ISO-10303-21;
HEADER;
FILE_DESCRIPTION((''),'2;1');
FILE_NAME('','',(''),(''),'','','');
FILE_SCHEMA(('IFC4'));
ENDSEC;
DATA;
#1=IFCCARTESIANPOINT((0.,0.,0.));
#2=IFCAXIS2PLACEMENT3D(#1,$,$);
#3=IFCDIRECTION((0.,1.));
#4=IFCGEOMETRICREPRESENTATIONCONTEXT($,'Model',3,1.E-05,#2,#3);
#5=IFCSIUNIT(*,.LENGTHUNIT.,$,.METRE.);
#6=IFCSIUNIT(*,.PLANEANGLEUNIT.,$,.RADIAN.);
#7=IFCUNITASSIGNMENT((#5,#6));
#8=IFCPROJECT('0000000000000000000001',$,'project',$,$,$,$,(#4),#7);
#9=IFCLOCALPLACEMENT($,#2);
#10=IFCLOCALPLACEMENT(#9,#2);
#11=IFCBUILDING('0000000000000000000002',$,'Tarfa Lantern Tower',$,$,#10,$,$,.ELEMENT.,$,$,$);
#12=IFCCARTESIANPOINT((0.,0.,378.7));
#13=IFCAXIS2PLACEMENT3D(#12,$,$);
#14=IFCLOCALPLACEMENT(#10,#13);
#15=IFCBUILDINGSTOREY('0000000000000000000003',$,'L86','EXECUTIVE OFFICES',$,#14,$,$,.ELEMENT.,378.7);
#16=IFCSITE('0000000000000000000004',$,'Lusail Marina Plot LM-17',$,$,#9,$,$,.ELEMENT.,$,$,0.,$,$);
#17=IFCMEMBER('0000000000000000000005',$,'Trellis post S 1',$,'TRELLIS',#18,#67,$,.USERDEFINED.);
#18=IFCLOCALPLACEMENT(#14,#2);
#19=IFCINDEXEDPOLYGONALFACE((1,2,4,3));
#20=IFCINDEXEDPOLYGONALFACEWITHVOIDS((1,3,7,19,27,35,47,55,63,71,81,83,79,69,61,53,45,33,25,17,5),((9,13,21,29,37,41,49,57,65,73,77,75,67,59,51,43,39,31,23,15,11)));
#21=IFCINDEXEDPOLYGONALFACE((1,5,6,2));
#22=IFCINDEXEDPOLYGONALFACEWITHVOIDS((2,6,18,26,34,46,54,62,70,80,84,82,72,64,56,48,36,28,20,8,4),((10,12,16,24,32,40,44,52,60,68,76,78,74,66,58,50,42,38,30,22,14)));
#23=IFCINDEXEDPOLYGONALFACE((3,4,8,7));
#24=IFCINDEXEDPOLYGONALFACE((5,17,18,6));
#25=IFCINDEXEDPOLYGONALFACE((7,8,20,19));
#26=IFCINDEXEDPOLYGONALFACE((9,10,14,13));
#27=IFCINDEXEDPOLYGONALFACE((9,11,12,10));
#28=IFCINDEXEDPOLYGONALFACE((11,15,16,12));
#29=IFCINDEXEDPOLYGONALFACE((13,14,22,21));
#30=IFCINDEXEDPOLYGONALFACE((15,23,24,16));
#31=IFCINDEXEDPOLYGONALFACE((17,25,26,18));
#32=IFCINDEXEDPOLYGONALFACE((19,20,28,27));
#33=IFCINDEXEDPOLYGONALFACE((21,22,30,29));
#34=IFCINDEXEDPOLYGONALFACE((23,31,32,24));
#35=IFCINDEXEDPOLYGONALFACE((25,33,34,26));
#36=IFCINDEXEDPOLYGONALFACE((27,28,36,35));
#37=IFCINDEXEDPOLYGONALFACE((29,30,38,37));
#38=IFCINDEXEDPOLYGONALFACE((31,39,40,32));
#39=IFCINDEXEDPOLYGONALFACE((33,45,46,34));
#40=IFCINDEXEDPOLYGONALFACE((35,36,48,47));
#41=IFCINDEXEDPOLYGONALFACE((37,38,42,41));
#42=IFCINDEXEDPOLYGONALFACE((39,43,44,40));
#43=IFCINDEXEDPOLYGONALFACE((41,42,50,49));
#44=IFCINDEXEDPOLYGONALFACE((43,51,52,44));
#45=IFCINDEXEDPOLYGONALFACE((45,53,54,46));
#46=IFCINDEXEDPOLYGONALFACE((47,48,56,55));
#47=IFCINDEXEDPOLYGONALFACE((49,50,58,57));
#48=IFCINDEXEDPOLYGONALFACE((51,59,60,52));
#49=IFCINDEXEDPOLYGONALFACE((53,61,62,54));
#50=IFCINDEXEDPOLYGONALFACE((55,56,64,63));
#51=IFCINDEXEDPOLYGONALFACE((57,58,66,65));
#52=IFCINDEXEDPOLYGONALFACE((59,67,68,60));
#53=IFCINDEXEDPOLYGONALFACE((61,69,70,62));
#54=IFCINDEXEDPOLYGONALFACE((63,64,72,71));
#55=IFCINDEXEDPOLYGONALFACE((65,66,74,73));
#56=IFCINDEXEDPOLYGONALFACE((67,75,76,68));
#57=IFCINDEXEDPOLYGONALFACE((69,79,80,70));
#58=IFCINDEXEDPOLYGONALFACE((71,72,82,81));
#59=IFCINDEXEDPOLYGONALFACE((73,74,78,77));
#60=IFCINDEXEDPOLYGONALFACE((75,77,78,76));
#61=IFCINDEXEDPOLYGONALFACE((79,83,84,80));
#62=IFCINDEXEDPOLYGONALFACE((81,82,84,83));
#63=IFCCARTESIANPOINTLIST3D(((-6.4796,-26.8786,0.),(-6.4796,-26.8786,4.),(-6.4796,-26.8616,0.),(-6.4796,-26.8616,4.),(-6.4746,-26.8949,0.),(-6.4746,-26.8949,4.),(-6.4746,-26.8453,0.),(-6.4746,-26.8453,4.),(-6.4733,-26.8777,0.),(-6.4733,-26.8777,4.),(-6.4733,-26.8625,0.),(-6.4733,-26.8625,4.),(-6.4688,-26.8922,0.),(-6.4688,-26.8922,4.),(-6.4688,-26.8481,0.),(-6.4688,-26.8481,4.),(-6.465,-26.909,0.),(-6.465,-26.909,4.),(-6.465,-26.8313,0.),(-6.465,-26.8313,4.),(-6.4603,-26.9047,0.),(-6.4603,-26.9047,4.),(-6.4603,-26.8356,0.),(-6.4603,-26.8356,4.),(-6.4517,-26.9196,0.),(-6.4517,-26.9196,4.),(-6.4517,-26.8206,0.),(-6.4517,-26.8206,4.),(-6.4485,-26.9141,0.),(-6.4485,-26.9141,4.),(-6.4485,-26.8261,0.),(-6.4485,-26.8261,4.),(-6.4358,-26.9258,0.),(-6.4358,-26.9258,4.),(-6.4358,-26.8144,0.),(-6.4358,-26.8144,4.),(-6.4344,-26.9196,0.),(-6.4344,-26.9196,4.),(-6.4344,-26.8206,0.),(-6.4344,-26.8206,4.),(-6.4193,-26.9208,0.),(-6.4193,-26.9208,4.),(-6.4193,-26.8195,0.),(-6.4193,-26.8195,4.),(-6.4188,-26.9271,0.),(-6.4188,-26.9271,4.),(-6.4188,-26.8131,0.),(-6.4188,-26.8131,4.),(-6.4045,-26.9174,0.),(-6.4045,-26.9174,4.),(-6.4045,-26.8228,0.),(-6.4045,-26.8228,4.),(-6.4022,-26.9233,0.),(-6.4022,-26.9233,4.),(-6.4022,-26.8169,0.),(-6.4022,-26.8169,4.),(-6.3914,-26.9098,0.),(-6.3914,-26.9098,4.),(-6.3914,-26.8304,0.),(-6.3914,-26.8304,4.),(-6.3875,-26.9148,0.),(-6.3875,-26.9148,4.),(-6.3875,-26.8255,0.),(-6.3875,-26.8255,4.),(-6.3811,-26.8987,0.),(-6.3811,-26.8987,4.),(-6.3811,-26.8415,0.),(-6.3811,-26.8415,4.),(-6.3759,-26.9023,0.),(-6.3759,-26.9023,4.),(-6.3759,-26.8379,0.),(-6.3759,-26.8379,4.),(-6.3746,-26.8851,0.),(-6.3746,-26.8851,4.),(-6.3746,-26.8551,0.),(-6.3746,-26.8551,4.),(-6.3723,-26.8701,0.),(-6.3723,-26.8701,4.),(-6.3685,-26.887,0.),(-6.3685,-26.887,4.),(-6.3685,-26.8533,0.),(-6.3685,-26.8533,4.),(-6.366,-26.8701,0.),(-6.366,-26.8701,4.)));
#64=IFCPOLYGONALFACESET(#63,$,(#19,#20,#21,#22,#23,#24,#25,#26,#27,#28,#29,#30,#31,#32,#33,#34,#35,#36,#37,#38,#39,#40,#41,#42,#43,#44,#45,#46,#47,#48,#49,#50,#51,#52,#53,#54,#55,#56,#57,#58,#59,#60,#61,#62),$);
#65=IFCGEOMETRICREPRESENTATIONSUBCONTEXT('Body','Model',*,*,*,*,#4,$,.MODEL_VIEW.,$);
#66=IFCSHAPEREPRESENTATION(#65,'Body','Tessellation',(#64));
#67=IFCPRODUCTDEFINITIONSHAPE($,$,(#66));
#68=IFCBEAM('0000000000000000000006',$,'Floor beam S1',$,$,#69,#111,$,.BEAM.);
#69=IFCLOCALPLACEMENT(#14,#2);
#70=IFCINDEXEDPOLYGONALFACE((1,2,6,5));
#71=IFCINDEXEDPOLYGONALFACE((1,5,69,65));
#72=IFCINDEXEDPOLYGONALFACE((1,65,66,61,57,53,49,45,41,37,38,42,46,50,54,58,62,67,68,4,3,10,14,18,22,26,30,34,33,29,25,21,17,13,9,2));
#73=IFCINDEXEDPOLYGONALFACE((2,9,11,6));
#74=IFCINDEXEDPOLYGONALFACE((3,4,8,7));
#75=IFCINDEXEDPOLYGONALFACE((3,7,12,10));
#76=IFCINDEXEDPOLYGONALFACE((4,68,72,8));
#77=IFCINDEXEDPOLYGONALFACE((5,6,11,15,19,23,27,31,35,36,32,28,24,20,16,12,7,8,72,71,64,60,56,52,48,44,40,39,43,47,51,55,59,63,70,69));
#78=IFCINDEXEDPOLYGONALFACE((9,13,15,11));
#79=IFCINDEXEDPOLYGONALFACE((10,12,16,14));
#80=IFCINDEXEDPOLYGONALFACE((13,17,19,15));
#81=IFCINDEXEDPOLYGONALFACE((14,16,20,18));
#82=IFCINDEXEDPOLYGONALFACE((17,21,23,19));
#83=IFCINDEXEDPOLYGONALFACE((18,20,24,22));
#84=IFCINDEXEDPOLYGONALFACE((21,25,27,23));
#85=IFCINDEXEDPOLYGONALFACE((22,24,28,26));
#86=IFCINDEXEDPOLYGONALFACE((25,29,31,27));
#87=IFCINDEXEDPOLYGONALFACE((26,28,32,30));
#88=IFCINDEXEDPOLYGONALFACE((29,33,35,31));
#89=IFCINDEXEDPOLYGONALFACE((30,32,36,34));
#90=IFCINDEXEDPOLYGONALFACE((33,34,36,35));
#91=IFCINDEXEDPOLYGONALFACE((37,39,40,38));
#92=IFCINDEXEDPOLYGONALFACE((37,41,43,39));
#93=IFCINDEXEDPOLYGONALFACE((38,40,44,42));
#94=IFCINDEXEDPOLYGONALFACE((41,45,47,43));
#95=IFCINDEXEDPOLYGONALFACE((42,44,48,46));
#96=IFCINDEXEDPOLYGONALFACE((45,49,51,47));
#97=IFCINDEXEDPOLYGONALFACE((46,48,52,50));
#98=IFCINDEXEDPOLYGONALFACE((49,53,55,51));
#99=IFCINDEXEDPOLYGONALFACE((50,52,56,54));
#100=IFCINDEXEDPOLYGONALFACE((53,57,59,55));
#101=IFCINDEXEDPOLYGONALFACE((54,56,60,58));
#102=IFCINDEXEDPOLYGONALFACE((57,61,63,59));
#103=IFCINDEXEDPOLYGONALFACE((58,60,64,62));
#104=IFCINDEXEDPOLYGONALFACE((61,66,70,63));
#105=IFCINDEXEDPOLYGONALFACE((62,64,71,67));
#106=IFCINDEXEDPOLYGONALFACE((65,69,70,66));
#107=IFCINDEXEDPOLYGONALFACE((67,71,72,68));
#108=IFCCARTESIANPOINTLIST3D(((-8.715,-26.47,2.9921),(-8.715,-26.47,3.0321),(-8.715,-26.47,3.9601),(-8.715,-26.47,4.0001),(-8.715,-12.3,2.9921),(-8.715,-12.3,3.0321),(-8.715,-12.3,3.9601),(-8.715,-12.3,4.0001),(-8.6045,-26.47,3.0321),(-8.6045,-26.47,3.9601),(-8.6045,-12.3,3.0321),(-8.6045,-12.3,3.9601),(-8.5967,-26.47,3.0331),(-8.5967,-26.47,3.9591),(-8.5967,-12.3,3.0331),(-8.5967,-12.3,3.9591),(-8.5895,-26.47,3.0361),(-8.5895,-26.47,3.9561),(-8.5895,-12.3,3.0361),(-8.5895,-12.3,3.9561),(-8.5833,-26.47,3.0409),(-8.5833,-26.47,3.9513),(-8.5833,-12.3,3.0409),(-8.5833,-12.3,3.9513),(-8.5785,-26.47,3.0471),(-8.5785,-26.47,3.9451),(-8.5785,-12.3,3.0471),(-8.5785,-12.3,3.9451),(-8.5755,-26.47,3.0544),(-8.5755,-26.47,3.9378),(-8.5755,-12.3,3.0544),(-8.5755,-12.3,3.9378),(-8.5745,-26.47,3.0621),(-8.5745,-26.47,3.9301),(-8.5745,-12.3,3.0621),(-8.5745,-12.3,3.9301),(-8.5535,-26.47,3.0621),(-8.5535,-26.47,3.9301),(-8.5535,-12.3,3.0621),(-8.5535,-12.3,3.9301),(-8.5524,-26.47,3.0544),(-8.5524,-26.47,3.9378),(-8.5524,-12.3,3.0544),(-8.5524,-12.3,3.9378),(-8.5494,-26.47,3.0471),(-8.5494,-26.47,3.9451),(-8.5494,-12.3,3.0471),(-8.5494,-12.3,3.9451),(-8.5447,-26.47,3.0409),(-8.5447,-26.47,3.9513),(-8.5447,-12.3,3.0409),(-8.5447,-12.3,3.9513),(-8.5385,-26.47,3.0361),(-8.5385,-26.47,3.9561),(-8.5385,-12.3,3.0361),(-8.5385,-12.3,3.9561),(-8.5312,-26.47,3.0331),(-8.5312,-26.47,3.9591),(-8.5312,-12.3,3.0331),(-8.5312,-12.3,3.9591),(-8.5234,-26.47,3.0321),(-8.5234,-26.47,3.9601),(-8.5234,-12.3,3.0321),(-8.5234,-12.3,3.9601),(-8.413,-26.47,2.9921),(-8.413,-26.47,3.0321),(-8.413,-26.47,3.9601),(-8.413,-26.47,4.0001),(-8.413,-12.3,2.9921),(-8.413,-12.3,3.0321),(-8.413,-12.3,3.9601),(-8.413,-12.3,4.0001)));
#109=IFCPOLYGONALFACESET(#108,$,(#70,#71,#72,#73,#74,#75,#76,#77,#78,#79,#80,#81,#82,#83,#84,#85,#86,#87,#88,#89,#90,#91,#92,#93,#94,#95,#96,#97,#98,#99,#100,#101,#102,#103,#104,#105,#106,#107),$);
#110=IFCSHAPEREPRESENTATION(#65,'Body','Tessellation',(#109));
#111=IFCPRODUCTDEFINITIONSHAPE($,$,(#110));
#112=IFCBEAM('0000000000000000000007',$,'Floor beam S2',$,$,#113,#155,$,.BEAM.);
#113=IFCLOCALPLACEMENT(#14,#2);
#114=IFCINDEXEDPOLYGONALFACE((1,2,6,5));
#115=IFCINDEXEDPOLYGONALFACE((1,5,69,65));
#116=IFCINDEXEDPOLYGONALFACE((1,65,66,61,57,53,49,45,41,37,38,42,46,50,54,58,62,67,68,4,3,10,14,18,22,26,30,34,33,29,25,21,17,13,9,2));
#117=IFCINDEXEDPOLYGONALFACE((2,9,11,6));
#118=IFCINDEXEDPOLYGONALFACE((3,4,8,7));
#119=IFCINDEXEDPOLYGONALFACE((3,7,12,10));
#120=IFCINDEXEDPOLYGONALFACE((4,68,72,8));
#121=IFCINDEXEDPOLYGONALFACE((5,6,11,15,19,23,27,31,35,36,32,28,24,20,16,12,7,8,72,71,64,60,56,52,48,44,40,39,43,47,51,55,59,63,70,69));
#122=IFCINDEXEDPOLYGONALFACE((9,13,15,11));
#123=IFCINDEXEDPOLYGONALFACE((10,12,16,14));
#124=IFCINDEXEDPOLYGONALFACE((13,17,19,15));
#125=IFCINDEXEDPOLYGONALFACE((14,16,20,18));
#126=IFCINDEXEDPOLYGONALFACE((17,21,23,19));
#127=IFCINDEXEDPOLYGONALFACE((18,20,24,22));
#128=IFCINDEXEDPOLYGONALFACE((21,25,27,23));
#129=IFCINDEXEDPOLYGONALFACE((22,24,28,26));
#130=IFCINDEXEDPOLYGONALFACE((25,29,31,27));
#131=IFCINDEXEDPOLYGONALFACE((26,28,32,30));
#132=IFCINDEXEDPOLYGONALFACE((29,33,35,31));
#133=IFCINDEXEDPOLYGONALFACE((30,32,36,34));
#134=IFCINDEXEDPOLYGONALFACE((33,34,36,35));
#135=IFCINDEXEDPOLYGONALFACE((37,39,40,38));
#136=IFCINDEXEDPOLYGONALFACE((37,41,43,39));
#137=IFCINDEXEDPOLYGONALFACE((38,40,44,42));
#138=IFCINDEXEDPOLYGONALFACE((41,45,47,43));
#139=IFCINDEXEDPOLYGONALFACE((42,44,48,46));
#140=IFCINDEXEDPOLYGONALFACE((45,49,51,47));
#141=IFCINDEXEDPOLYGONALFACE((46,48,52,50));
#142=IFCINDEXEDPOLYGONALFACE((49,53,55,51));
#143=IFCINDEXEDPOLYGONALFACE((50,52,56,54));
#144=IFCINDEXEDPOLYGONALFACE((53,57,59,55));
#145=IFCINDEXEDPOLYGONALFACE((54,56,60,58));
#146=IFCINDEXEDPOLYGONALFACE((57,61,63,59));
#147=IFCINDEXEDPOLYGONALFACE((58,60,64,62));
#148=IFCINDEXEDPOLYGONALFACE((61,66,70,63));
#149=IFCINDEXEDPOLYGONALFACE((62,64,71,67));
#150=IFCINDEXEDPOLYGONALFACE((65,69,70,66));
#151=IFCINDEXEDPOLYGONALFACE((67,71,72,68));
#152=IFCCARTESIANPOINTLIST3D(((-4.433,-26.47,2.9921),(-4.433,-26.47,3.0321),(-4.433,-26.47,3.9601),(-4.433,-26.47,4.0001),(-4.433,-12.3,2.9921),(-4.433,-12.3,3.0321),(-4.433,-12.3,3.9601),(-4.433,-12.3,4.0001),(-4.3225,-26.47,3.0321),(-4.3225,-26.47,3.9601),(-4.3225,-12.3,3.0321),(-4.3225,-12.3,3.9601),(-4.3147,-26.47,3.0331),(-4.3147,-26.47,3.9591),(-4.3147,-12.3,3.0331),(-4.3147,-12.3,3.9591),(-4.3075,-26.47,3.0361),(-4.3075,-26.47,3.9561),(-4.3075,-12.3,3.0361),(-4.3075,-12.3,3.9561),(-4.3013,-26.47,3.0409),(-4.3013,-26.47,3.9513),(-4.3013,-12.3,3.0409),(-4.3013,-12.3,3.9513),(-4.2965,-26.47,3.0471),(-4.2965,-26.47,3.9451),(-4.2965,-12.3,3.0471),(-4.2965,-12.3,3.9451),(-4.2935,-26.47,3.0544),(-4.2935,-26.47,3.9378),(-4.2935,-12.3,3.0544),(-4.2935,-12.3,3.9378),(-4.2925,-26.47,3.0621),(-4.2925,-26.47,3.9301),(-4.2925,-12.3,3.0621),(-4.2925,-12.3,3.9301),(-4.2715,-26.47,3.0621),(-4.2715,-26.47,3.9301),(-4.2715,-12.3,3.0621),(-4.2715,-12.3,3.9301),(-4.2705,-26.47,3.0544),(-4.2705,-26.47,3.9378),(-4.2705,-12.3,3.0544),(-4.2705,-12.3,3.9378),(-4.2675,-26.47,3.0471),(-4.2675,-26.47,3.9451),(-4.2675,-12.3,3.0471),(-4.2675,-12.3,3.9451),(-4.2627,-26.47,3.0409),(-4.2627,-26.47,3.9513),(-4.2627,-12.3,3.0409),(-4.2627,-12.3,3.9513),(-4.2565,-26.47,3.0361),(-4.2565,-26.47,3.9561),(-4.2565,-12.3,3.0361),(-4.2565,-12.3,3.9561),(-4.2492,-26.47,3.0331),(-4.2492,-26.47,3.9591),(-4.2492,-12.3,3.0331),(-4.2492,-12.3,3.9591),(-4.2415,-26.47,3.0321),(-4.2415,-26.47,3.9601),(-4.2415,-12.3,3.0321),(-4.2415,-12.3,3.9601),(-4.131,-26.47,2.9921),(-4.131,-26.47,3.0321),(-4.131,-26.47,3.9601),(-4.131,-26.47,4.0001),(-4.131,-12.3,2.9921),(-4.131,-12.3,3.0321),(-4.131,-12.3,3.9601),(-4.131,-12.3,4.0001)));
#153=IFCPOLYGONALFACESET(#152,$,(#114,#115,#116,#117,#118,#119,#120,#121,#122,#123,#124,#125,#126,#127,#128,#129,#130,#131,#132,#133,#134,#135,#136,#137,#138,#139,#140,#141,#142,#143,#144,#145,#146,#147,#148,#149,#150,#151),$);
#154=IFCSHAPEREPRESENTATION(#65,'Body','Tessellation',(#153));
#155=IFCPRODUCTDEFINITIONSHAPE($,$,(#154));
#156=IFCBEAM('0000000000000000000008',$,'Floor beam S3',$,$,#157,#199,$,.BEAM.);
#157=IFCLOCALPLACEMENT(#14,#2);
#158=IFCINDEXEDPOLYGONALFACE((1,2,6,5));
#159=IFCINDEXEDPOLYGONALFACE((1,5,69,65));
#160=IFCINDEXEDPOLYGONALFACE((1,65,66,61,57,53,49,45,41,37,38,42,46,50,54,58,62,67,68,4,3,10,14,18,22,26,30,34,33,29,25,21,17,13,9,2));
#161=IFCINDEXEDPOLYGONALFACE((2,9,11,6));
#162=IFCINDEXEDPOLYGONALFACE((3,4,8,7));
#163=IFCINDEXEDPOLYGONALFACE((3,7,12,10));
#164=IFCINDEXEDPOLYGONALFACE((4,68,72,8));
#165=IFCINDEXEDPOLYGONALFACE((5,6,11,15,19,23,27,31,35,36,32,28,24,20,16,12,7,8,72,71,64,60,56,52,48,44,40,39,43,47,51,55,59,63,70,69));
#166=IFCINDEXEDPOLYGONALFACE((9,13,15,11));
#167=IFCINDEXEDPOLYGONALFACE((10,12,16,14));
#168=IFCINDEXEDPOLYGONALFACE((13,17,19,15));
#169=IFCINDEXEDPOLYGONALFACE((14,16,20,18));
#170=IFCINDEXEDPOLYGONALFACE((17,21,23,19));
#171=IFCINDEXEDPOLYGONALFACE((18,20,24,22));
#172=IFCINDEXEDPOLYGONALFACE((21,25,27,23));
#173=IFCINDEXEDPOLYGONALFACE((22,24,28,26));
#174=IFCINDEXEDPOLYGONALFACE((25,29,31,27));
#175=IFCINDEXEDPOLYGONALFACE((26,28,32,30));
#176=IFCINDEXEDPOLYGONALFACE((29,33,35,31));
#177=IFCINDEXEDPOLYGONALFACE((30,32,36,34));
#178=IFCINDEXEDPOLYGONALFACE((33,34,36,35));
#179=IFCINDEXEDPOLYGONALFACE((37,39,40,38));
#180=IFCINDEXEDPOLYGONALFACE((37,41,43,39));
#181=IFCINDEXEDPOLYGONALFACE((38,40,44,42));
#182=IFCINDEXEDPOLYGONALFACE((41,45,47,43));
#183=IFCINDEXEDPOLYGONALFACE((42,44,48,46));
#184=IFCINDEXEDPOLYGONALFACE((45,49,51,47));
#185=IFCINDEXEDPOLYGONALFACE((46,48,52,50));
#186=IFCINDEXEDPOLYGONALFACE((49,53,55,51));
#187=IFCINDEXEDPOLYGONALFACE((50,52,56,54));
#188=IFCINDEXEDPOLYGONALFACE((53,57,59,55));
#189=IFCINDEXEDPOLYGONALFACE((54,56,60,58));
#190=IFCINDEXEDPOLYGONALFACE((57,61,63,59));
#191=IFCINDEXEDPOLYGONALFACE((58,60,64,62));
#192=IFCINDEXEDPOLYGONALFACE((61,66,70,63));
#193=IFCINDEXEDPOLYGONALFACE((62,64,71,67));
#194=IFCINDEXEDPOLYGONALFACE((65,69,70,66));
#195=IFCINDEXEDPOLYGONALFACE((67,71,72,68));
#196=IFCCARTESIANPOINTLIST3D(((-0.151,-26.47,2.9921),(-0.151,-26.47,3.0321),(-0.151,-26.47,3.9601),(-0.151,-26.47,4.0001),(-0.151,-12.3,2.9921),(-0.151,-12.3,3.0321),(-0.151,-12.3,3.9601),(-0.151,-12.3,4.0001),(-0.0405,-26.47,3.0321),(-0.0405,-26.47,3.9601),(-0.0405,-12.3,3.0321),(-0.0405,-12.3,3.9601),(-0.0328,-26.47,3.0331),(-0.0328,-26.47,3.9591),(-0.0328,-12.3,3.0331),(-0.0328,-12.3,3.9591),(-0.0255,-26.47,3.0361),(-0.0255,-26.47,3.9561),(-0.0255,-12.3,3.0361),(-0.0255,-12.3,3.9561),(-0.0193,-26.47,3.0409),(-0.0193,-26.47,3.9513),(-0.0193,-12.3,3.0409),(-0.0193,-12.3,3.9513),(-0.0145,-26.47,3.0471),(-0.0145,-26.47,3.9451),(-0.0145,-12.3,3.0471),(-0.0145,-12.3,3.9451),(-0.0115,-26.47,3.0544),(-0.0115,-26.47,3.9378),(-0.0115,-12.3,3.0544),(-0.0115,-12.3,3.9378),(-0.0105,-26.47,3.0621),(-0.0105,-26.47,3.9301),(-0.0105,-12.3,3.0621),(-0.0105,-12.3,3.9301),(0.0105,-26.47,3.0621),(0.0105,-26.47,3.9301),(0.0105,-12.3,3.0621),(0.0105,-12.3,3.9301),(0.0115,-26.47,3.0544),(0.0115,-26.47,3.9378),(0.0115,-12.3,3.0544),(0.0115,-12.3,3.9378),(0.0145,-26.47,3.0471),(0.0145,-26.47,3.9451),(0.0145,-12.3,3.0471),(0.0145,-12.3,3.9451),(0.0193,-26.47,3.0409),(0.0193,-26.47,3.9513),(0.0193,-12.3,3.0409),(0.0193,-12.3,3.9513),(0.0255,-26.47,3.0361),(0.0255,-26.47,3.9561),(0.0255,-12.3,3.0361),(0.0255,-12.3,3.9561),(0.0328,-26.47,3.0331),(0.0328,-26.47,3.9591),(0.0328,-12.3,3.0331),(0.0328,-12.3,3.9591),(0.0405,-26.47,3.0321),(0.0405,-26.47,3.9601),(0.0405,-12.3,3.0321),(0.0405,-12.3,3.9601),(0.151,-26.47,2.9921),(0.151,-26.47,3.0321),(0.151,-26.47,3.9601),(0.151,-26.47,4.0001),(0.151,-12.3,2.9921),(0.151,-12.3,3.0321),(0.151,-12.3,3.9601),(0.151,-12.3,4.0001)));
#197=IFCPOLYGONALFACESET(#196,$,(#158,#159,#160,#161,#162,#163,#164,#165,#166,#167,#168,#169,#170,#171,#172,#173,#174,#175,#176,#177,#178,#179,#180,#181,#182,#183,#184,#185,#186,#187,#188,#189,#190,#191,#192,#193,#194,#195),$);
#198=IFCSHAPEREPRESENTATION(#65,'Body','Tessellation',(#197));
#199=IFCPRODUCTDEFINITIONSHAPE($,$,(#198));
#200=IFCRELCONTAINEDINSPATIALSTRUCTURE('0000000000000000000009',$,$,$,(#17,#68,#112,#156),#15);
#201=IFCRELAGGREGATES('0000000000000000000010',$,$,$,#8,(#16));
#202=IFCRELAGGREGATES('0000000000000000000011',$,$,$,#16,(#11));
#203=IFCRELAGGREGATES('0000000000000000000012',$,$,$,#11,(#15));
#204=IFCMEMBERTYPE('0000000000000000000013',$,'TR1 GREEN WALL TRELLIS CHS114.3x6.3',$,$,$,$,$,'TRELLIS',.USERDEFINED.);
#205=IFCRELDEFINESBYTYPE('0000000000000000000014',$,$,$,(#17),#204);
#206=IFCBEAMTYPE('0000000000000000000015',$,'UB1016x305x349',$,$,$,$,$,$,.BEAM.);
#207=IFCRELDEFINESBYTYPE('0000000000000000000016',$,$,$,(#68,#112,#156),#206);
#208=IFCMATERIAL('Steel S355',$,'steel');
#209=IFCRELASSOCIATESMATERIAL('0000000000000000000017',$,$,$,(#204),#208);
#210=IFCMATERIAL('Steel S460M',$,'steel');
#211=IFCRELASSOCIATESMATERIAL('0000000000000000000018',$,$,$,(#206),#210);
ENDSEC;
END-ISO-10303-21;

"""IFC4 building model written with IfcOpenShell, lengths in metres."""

from ifc_helpers import new_model, si_unit, direction, frame, origin, origin_2d, place, context, subcontext, project, spatial, hollow_circle, i_section, extrude, material, material_profile, profile_set, type_object, element, save


model = new_model("IFC4")

# Units and contexts
model_context = context("Model", 3, precision=1e-05, world=origin(), true_north=direction((0.0, 1.0)))
body_context = subcontext(model_context, "Body", "Model", "MODEL_VIEW")
ifc_project = project(units=[si_unit("LENGTHUNIT", "METRE"), si_unit("PLANEANGLEUNIT", "RADIAN")], contexts=[model_context])

# Site, building, storey
site_placement = place(None, origin())
site = spatial("IfcSite", under=ifc_project, at=site_placement, Name="Lusail Marina Plot LM-17", CompositionType="ELEMENT", RefElevation=0.0)
building_placement = place(site_placement, origin())
building = spatial("IfcBuilding", under=site, at=building_placement, Name="Tarfa Lantern Tower", CompositionType="ELEMENT")
storey_placement = place(building_placement, frame((0.0, 0.0, 378.7)))
storey = spatial("IfcBuildingStorey", under=building, at=storey_placement, Name="L86", Description="EXECUTIVE OFFICES", CompositionType="ELEMENT", Elevation=378.7)

# Member
ifc_material_1 = material(Name="Steel S355", Category="steel")
ifc_material_profile_1 = material_profile(ifc_material_1, hollow_circle(Radius=0.0571, WallThickness=0.0063, at=origin_2d()), Name="CHS114.3x6.3")
ifc_profile_set_1 = profile_set([ifc_material_profile_1], Name="Steel S355")
member_type_1 = type_object("IfcMemberType", Name="TR1 GREEN WALL TRELLIS CHS114.3x6.3", ElementType="TRELLIS", PredefinedType="USERDEFINED", material=ifc_profile_set_1)
member_1_placement = place(storey_placement, frame((-6.4231, -26.8701, 0.0), z_axis=(0.0, 0.0, 1.0), x_axis=(1.0, 0.0, 0.0)))
element("IfcMember", 1, at=member_1_placement, inside=storey, type_object=member_type_1, Name="Trellis post S 1", ObjectType="TRELLIS", PredefinedType="USERDEFINED", context=body_context, shape_type="SweptSolid", body=[
    extrude(hollow_circle(Radius=0.0571, WallThickness=0.0063, at=origin_2d()), origin(), (0.0, 0.0, 1.0), 4.0),
])

# Beams
ifc_material_2 = material(Name="Steel S460M", Category="steel")
ifc_material_profile_2 = material_profile(ifc_material_2, i_section(OverallWidth=0.302, OverallDepth=1.0081, WebThickness=0.021, FlangeThickness=0.04, FilletRadius=0.03, at=origin_2d()), Name="UB1016x305x349")
ifc_profile_set_2 = profile_set([ifc_material_profile_2], Name="Steel S460M")
beam_type_1 = type_object("IfcBeamType", Name="UB1016x305x349", PredefinedType="BEAM", material=ifc_profile_set_2)
for number, where, z_axis, x_axis, name in (
    (2, (-8.564, -26.47, 3.4961), (0.0, 1.0, 0.0), (-1.0, 0.0, 0.0), "Floor beam S1"),
    (3, (-4.282, -26.47, 3.4961), (0.0, 1.0, 0.0), (-1.0, 0.0, 0.0), "Floor beam S2"),
    (4, (0.0, -26.47, 3.4961), (0.0, 1.0, 0.0), (-1.0, 0.0, 0.0), "Floor beam S3"),
):
    element("IfcBeam", number, at=place(storey_placement, frame(where, z_axis=z_axis, x_axis=x_axis)), inside=storey, type_object=beam_type_1, Name=name, PredefinedType="BEAM", context=body_context, shape_type="SweptSolid", body=[
        extrude(i_section(OverallWidth=0.302, OverallDepth=1.0081, WebThickness=0.021, FlangeThickness=0.04, FilletRadius=0.03, at=origin_2d()), origin(), (0.0, 0.0, 1.0), 14.1699),
    ])

save(model, "model.ifc")
